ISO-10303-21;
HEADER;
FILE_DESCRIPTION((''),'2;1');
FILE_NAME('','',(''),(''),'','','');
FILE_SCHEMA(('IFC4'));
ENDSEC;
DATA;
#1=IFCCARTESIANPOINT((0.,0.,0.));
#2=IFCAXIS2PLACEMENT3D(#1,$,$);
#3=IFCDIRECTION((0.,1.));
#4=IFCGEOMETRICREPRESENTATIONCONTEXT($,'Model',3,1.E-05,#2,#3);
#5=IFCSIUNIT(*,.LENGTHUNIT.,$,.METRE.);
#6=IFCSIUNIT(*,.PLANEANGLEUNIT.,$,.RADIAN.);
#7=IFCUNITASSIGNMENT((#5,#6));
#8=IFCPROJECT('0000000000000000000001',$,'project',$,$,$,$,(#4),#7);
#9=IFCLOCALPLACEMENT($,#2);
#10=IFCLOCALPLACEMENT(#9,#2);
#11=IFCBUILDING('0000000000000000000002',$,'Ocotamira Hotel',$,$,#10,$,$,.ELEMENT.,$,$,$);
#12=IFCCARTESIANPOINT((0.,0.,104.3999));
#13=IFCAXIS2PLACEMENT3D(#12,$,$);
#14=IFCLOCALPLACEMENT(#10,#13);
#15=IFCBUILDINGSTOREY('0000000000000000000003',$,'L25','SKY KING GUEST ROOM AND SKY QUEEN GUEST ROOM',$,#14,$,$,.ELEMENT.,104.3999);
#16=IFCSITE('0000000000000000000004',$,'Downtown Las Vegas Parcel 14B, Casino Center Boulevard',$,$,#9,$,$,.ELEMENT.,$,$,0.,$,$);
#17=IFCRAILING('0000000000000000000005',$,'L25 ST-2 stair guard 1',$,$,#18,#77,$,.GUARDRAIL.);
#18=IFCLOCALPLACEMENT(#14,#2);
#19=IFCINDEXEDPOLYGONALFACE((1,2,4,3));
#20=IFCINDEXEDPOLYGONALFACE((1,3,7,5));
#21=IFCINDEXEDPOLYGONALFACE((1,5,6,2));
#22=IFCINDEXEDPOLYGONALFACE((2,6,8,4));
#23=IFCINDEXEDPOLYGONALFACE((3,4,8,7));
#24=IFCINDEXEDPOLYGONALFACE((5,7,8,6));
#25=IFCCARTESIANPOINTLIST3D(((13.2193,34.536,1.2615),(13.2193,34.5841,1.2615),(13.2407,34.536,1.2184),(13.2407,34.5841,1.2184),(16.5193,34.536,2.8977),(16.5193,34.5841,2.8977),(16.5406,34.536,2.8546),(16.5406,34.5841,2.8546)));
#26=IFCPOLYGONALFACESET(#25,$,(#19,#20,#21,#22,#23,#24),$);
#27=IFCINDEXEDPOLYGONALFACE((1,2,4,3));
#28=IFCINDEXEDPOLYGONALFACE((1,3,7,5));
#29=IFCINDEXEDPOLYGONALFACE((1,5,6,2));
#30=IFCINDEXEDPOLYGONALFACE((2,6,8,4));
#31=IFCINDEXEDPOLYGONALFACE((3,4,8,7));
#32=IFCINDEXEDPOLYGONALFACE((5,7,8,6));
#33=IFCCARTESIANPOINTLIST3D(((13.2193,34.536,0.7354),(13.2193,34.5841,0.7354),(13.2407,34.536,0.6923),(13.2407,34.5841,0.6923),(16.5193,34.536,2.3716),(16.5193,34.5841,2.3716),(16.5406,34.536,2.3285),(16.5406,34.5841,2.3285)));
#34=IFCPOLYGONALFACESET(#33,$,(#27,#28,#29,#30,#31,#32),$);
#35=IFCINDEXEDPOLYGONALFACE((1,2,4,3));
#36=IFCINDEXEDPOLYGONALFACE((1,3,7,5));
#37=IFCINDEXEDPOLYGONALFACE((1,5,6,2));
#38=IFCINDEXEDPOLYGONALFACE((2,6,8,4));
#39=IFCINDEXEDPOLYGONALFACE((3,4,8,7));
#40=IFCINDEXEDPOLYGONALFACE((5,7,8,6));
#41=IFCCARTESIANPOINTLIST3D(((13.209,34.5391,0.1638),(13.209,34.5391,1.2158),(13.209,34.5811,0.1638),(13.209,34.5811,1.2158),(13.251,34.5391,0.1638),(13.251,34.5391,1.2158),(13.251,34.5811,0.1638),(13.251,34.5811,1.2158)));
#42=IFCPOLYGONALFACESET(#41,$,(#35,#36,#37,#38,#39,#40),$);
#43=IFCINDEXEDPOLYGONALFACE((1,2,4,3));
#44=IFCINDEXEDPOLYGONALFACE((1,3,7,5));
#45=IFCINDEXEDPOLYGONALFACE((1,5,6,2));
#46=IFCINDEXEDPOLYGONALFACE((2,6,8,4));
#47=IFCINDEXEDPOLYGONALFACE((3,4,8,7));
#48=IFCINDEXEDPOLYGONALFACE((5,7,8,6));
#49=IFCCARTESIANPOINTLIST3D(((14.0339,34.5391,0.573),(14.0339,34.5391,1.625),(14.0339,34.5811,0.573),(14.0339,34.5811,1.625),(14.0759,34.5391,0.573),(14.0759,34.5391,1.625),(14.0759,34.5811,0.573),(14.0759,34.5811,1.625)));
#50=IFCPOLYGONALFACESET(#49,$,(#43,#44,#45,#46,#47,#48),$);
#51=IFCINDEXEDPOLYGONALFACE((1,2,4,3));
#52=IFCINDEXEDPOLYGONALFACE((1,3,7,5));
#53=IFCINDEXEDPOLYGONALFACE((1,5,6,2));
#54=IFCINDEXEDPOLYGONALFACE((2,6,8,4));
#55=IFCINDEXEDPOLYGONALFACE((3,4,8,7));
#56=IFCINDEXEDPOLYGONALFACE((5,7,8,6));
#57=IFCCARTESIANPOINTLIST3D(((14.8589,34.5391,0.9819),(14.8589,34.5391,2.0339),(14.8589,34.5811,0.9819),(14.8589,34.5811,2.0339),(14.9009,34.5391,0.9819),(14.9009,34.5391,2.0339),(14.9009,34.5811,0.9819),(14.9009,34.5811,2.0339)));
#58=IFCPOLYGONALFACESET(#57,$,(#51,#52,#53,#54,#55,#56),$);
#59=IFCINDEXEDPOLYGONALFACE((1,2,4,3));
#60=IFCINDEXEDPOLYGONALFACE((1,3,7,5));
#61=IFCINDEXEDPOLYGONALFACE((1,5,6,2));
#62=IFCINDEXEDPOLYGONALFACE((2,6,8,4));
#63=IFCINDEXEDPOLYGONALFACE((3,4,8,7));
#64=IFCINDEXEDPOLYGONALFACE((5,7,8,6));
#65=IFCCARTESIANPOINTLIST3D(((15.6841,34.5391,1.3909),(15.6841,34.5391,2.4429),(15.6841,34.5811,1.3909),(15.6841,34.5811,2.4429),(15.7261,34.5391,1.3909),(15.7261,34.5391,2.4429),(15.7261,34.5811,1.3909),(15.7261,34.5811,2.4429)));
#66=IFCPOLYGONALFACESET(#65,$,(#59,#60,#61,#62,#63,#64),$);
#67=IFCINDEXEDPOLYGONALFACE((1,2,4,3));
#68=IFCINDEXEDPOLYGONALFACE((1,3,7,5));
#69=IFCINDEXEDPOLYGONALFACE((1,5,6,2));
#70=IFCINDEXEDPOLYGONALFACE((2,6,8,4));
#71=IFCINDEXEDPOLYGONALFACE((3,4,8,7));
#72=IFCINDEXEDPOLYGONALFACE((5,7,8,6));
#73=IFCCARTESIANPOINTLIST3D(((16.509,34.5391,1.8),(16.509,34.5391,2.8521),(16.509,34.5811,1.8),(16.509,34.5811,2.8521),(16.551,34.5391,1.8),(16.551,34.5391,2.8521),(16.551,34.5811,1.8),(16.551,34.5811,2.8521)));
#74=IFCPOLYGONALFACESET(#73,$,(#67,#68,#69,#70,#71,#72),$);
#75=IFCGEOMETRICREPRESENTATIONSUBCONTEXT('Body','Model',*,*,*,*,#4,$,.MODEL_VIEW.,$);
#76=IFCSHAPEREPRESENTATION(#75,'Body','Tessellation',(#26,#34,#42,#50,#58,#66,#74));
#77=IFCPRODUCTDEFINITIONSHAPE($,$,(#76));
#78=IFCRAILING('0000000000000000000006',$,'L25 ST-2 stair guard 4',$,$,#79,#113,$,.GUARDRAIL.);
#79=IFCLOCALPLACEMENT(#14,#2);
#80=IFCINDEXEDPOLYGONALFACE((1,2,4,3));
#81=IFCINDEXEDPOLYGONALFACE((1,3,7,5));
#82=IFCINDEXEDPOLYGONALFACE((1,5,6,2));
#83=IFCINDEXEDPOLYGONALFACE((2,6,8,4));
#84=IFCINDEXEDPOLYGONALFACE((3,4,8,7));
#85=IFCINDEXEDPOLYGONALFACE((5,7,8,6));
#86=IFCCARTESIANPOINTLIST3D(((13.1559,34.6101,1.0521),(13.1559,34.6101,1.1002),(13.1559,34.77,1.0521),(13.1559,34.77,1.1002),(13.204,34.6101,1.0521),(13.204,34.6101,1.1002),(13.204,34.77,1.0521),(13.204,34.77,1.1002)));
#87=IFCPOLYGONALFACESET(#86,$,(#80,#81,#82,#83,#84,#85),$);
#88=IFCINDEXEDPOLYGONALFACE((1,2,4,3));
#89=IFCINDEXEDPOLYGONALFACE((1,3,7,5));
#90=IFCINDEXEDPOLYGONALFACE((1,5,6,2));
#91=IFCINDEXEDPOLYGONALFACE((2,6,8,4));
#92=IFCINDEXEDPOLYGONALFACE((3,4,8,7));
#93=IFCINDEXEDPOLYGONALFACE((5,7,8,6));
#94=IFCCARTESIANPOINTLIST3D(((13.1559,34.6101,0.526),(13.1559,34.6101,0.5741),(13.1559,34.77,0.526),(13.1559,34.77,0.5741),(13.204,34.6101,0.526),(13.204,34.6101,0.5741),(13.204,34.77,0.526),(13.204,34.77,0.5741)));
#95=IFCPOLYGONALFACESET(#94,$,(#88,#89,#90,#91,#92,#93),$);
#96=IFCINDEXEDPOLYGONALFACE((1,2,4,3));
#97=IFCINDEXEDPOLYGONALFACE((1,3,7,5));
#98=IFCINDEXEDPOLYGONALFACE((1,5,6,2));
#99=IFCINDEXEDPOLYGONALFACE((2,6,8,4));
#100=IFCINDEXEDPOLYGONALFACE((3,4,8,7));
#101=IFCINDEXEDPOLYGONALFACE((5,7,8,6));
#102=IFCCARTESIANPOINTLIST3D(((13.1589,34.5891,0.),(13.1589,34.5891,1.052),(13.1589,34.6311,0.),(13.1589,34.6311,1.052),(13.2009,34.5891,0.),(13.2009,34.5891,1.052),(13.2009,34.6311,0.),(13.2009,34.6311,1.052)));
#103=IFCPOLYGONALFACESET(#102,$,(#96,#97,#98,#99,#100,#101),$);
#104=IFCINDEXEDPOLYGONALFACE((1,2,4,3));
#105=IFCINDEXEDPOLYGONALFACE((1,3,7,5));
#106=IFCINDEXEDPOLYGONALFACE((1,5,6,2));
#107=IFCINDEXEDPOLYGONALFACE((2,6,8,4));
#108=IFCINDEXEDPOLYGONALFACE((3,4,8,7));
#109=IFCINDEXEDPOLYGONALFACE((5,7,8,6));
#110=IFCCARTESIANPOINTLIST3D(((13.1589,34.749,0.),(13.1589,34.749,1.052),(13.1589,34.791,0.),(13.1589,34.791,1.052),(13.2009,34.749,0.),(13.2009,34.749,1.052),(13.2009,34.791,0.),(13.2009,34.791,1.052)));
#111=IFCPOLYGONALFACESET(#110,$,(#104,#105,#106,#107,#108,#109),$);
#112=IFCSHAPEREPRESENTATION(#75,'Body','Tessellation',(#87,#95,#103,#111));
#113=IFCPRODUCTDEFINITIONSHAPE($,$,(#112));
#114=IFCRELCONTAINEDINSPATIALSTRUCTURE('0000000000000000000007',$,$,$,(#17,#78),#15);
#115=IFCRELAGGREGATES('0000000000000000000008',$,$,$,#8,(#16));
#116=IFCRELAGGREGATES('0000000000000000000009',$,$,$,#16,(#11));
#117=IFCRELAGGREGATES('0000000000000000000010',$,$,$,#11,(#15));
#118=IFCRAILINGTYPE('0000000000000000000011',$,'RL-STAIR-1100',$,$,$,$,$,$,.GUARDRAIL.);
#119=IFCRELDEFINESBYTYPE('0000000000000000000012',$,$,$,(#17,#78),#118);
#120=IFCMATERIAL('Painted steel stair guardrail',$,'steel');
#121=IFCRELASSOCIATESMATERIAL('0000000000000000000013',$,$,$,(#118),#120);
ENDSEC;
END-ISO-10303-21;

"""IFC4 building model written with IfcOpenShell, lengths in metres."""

from ifc_helpers import new_model, si_unit, direction, frame, origin, origin_2d, place, context, subcontext, project, spatial, rectangle, extrude, material, type_object, element, save


model = new_model("IFC4")

# Units and contexts
model_context = context("Model", 3, precision=1e-05, world=origin(), true_north=direction((0.0, 1.0)))
body_context = subcontext(model_context, "Body", "Model", "MODEL_VIEW")
ifc_project = project(units=[si_unit("LENGTHUNIT", "METRE"), si_unit("PLANEANGLEUNIT", "RADIAN")], contexts=[model_context])

# Site, building, storey
site_placement = place(None, origin())
site = spatial("IfcSite", under=ifc_project, at=site_placement, Name="Downtown Las Vegas Parcel 14B, Casino Center Boulevard", CompositionType="ELEMENT", RefElevation=0.0)
building_placement = place(site_placement, origin())
building = spatial("IfcBuilding", under=site, at=building_placement, Name="Ocotamira Hotel", CompositionType="ELEMENT")
storey_placement = place(building_placement, frame((0.0, 0.0, 104.3999)))
storey = spatial("IfcBuildingStorey", under=building, at=storey_placement, Name="L25", Description="SKY KING GUEST ROOM AND SKY QUEEN GUEST ROOM", CompositionType="ELEMENT", Elevation=104.3999)

# Railings
ifc_material_1 = material(Name="Painted steel stair guardrail", Category="steel")
railing_type_1 = type_object("IfcRailingType", Name="RL-STAIR-1100", PredefinedType="GUARDRAIL", material=ifc_material_1)
railing_1_placement = place(storey_placement, frame((13.23, 34.5601, 0.1638)))
element("IfcRailing", 1, at=railing_1_placement, inside=storey, type_object=railing_type_1, Name="L25 ST-2 stair guard 1", PredefinedType="GUARDRAIL", context=body_context, shape_type="SweptSolid", body=[
    extrude(rectangle(XDim=0.0481, YDim=0.0481, at=origin_2d()), frame((0.0, 0.0, 1.0762), z_axis=(0.89592, 0.0, 0.444215), x_axis=(0.0, 1.0, 0.0)), (0.0, 0.0, 1.0), 3.6833),
    extrude(rectangle(XDim=0.0481, YDim=0.0481, at=origin_2d()), frame((0.0, 0.0, 0.55), z_axis=(0.89592, 0.0, 0.444215), x_axis=(0.0, 1.0, 0.0)), (0.0, 0.0, 1.0), 3.6833),
    extrude(rectangle(XDim=0.042, YDim=0.042, at=origin_2d()), origin(), (0.0, 0.0, 1.0), 1.052),
    extrude(rectangle(XDim=0.042, YDim=0.042, at=origin_2d()), frame((0.825, 0.0, 0.4092)), (0.0, 0.0, 1.0), 1.052),
    extrude(rectangle(XDim=0.042, YDim=0.042, at=origin_2d()), frame((1.6499, 0.0, 0.8181)), (0.0, 0.0, 1.0), 1.052),
    extrude(rectangle(XDim=0.042, YDim=0.042, at=origin_2d()), frame((2.4751, 0.0, 1.2271)), (0.0, 0.0, 1.0), 1.052),
    extrude(rectangle(XDim=0.042, YDim=0.042, at=origin_2d()), frame((3.3, 0.0, 1.6362)), (0.0, 0.0, 1.0), 1.052),
])
railing_2_placement = place(storey_placement, frame((13.1799, 34.6101, 0.0)))
element("IfcRailing", 2, at=railing_2_placement, inside=storey, type_object=railing_type_1, Name="L25 ST-2 stair guard 4", PredefinedType="GUARDRAIL", context=body_context, shape_type="SweptSolid", body=[
    extrude(rectangle(XDim=0.0481, YDim=0.0481, at=origin_2d()), frame((0.0, 0.0, 1.0762), z_axis=(0.0, 1.0, 0.0), x_axis=(-1.0, 0.0, 0.0)), (0.0, 0.0, 1.0), 0.1599),
    extrude(rectangle(XDim=0.0481, YDim=0.0481, at=origin_2d()), frame((0.0, 0.0, 0.55), z_axis=(0.0, 1.0, 0.0), x_axis=(-1.0, 0.0, 0.0)), (0.0, 0.0, 1.0), 0.1599),
    extrude(rectangle(XDim=0.042, YDim=0.042, at=origin_2d()), origin(), (0.0, 0.0, 1.0), 1.052),
    extrude(rectangle(XDim=0.042, YDim=0.042, at=origin_2d()), frame((0.0, 0.1599, 0.0)), (0.0, 0.0, 1.0), 1.052),
])

save(model, "model.ifc")
